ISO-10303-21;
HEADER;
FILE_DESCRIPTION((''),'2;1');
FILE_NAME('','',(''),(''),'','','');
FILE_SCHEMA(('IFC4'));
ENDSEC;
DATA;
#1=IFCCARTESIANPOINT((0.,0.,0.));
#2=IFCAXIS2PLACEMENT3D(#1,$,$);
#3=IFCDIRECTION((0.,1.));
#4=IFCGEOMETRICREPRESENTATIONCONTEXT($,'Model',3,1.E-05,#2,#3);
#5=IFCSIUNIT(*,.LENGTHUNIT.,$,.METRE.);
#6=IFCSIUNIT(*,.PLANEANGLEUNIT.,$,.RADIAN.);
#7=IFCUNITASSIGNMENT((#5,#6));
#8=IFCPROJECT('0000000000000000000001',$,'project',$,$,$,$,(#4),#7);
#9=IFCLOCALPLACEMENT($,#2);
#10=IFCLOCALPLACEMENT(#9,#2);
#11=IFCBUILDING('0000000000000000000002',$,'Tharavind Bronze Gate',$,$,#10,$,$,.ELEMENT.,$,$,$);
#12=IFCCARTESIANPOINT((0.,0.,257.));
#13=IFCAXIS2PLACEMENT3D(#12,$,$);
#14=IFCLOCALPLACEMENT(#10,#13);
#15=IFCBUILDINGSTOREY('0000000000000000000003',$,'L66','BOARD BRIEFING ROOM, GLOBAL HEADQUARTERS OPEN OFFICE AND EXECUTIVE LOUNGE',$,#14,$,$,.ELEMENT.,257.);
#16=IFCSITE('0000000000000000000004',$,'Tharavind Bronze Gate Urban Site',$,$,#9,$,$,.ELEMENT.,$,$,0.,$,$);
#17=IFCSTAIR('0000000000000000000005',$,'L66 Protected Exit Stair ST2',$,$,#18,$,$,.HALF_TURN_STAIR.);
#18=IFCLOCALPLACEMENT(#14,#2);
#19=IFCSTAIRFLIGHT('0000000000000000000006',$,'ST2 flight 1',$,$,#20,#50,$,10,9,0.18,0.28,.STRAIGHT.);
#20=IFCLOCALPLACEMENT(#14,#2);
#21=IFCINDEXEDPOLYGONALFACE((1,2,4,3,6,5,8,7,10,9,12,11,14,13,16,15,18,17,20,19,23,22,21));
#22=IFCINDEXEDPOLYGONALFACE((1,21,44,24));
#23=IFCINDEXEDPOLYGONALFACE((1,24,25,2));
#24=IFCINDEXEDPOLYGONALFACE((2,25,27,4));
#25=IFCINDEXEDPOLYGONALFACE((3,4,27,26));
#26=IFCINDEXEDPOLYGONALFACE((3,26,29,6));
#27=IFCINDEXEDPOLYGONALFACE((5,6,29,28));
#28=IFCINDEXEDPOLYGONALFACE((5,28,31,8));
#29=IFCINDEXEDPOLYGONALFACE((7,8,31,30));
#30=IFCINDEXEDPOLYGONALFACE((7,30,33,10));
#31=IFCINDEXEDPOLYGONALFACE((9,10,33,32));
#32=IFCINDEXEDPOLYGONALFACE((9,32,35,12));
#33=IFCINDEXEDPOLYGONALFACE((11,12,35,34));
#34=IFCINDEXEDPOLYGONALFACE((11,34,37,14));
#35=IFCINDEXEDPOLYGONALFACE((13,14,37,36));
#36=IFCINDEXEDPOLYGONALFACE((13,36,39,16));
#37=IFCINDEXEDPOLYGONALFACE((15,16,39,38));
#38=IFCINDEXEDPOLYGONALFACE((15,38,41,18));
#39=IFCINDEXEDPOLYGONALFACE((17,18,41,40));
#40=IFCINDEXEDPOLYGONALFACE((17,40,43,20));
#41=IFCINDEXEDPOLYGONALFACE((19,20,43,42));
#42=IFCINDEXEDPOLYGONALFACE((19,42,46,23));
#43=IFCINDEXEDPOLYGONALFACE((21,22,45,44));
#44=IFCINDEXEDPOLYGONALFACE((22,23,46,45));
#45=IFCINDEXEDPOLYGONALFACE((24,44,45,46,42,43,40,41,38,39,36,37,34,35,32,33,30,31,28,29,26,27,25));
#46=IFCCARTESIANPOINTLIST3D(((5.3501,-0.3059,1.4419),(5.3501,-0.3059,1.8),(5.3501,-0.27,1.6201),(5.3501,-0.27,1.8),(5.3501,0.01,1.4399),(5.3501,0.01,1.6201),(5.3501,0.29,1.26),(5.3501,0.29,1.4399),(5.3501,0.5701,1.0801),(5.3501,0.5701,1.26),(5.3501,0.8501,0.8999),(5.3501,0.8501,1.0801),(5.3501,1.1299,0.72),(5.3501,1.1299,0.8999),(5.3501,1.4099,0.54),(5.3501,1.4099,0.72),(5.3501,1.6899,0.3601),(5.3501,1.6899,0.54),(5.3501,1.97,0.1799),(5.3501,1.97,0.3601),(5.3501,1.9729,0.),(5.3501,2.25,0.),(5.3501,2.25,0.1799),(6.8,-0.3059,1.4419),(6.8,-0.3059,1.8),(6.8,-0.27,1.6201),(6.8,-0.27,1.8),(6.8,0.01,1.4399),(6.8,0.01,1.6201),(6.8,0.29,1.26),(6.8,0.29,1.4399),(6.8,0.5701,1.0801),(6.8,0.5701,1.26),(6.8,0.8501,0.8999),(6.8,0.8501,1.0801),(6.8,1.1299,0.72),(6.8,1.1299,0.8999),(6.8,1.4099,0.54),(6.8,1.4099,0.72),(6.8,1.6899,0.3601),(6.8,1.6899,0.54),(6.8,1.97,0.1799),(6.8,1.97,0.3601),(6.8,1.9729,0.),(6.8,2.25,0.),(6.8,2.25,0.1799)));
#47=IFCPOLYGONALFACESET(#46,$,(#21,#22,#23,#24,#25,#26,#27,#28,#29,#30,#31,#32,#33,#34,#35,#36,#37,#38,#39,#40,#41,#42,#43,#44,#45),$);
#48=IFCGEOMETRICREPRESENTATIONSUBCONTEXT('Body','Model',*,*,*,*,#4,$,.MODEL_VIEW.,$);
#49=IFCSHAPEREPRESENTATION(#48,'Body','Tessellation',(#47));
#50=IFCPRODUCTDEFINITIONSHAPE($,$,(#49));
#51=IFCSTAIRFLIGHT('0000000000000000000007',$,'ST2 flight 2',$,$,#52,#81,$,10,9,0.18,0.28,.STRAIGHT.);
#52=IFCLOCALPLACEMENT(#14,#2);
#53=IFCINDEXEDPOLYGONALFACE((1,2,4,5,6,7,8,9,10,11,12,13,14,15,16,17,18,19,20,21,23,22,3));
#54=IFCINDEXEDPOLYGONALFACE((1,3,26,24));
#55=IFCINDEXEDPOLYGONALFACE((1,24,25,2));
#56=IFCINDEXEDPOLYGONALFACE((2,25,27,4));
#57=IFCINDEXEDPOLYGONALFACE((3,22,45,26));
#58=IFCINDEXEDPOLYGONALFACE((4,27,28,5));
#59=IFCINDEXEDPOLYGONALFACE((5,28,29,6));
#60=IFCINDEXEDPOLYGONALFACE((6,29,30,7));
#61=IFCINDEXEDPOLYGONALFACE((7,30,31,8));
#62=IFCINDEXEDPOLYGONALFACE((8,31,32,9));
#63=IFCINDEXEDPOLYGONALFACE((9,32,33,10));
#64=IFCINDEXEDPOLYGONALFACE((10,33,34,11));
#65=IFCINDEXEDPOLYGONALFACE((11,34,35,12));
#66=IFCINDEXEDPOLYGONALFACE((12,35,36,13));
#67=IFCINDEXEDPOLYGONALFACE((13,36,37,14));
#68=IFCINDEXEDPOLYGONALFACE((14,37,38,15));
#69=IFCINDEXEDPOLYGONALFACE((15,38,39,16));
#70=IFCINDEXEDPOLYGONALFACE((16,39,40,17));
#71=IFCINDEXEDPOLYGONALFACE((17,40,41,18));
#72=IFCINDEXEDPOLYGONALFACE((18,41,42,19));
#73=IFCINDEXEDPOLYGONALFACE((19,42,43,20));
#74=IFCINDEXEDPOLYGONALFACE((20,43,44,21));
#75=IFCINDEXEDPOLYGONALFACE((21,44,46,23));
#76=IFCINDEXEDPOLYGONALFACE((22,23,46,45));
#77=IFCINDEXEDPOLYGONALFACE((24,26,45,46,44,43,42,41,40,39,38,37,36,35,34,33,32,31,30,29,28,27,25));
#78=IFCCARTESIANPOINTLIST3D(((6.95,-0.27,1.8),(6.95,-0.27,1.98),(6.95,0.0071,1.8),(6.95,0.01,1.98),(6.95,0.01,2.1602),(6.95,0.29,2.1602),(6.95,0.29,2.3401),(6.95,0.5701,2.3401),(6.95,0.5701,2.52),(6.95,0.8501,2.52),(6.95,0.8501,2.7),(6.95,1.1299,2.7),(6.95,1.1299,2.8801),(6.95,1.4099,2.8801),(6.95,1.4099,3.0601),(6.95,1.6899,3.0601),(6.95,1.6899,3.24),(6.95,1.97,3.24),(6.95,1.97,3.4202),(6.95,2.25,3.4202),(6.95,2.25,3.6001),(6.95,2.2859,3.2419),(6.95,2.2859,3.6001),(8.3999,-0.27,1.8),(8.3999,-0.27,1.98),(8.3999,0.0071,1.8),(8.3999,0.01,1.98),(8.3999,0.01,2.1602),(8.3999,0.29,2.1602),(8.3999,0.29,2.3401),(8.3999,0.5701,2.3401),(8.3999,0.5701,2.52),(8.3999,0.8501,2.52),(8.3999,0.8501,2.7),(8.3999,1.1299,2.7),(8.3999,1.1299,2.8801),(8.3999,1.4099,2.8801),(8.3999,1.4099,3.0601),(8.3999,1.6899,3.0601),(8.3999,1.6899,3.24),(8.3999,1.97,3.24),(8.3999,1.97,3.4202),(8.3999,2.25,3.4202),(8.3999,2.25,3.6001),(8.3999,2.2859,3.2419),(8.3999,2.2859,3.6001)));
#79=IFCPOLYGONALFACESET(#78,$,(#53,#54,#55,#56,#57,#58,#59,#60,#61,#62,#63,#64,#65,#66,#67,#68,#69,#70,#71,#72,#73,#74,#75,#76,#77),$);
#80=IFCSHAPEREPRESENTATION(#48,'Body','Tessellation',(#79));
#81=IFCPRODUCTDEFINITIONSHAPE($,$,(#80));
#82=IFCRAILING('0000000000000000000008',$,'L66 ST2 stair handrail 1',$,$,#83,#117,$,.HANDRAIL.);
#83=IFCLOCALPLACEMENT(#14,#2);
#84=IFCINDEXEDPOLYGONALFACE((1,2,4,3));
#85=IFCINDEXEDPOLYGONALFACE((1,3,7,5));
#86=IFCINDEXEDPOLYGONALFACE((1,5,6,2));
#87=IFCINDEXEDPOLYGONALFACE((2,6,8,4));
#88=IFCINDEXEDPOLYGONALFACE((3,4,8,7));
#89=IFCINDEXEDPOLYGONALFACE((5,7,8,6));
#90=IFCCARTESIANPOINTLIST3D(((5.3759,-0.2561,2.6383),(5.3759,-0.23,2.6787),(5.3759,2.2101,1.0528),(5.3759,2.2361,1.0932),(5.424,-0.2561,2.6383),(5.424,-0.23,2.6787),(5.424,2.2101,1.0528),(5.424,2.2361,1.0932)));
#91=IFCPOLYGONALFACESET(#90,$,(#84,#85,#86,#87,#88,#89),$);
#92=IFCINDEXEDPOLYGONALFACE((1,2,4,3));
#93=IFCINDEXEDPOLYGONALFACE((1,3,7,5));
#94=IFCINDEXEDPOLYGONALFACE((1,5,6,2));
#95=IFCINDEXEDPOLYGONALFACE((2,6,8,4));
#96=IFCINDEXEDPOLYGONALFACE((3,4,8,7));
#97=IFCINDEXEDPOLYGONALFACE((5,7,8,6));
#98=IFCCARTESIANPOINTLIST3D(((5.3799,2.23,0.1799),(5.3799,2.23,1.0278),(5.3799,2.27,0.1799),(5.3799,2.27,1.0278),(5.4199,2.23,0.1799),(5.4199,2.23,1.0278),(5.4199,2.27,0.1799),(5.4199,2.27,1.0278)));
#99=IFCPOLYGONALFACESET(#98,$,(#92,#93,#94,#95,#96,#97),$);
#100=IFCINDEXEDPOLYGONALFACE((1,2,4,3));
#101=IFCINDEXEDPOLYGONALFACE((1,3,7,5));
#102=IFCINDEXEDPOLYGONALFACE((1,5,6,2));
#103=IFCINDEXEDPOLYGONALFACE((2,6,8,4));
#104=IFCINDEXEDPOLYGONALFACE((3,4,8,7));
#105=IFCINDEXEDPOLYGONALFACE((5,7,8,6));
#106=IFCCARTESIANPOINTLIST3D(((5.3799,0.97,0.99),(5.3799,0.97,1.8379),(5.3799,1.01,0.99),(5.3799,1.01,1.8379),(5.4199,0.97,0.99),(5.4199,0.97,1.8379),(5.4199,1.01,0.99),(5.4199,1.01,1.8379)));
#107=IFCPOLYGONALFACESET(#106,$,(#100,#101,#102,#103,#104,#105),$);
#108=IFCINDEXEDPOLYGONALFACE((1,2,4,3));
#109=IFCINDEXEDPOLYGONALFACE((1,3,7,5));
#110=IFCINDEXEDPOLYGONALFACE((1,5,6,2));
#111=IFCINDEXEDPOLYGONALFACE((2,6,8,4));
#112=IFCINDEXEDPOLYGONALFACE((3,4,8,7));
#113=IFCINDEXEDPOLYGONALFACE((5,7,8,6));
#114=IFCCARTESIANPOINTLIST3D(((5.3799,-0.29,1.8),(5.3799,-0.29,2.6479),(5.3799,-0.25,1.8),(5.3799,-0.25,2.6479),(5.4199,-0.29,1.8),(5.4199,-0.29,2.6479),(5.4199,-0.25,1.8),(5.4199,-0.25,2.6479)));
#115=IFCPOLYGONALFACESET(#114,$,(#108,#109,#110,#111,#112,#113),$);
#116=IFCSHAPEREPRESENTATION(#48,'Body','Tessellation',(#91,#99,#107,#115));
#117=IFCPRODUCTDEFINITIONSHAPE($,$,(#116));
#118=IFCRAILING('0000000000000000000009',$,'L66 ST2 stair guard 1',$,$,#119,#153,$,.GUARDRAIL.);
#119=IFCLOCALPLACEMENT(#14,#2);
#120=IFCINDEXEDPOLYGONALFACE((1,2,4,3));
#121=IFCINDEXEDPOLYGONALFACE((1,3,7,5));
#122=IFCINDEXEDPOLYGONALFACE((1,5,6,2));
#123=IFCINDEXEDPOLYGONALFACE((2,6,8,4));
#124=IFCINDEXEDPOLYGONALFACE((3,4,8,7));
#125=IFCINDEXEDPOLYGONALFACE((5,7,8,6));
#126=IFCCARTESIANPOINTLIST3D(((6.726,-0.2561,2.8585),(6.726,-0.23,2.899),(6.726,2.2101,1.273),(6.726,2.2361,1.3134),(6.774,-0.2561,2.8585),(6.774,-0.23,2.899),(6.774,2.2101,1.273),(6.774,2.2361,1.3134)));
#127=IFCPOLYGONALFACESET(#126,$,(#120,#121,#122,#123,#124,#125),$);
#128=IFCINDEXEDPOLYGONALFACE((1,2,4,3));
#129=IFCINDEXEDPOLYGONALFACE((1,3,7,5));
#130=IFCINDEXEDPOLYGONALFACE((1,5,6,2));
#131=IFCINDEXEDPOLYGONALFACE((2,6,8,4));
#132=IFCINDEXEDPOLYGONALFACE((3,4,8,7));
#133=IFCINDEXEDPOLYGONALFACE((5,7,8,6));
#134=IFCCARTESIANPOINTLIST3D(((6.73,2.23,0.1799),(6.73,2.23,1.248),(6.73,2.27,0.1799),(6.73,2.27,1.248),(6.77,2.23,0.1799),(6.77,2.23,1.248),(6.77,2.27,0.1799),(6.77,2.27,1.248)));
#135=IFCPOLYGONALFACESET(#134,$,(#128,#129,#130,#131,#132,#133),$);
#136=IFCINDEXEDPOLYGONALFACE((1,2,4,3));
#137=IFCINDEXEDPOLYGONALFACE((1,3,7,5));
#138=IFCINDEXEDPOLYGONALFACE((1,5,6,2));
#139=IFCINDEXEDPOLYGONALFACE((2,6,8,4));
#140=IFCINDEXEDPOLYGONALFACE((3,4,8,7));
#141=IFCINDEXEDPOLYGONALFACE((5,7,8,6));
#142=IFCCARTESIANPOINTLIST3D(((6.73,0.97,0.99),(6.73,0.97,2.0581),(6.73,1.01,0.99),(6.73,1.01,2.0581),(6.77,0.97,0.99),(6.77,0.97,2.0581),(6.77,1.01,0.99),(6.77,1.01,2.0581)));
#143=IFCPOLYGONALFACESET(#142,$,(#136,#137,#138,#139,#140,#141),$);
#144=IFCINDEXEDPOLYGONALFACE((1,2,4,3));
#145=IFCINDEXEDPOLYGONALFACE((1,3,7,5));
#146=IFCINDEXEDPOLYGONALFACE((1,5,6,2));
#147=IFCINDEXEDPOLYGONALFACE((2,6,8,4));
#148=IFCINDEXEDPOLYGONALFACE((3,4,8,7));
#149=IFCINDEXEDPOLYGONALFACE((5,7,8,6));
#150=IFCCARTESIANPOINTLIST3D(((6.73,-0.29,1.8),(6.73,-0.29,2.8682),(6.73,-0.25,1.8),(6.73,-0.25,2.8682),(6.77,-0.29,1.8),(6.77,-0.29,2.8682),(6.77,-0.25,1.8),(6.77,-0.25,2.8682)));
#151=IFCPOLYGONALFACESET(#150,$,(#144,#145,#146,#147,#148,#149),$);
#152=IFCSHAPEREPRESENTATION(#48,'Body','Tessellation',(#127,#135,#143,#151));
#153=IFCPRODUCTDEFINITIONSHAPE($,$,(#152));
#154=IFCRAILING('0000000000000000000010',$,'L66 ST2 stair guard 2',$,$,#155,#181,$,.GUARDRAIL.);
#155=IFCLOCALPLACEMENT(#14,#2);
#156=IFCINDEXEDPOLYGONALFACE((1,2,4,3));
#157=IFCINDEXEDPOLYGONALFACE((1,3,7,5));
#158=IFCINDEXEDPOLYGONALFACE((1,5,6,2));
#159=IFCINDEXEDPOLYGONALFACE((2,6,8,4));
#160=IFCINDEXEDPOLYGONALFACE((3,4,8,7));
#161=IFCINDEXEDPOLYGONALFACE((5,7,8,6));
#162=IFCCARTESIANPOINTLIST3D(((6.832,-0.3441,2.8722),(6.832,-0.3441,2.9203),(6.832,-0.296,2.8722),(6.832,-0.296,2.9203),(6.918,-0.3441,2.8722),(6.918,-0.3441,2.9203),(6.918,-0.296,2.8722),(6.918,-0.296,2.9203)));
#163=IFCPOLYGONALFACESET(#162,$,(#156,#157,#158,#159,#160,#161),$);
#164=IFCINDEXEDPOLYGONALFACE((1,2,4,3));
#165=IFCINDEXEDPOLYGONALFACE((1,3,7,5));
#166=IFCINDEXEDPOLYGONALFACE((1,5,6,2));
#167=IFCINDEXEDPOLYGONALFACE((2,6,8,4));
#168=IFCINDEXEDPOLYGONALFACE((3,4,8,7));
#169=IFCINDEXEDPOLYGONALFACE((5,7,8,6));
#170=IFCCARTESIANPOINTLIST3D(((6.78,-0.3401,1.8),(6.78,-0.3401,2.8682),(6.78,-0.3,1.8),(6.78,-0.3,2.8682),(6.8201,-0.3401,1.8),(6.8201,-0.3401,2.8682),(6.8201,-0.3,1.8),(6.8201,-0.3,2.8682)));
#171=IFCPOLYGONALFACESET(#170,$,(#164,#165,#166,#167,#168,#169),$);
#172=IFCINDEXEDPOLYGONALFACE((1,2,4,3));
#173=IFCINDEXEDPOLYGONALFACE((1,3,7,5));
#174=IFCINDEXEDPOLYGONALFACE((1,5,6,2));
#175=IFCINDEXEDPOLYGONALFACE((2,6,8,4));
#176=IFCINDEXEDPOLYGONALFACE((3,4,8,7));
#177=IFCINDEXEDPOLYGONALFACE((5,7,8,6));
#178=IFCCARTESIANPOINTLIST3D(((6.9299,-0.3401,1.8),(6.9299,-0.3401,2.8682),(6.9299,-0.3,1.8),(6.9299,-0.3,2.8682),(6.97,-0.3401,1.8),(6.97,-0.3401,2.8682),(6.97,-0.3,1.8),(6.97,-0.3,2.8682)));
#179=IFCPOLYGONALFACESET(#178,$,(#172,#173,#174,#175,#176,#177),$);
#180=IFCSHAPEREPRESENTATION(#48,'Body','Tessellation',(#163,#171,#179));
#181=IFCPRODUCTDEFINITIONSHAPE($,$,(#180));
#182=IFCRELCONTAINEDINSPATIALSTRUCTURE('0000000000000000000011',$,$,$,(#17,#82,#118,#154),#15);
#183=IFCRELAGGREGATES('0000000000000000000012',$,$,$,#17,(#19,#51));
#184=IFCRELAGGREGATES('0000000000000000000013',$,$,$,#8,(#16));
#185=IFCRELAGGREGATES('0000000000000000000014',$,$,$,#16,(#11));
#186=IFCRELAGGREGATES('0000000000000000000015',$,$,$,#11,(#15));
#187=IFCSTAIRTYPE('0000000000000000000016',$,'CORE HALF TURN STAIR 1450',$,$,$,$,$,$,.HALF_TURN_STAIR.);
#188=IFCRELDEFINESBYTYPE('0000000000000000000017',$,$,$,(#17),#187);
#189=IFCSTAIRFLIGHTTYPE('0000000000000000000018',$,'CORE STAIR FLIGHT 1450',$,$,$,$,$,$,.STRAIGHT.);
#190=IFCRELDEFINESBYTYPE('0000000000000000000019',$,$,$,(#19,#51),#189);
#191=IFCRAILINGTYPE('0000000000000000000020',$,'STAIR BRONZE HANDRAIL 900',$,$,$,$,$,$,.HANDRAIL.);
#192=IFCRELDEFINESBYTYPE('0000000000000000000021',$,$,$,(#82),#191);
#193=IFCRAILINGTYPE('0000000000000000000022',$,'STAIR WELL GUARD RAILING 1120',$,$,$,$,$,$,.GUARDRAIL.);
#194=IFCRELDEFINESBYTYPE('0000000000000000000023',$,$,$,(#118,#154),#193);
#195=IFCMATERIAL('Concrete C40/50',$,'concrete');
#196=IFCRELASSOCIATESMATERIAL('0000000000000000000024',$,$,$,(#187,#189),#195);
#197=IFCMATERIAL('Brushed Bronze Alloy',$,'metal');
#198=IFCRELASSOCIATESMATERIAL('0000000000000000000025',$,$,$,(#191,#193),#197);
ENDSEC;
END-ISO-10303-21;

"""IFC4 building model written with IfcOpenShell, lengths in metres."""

from ifc_helpers import new_model, si_unit, direction, frame, origin, origin_2d, place, context, subcontext, project, spatial, polyline, rectangle, outline, extrude, material, type_object, element, aggregate, save


model = new_model("IFC4")

# Units and contexts
model_context = context("Model", 3, precision=1e-05, world=origin(), true_north=direction((0.0, 1.0)))
body_context = subcontext(model_context, "Body", "Model", "MODEL_VIEW")
ifc_project = project(units=[si_unit("LENGTHUNIT", "METRE"), si_unit("PLANEANGLEUNIT", "RADIAN")], contexts=[model_context])

# Site, building, storey
site_placement = place(None, origin())
site = spatial("IfcSite", under=ifc_project, at=site_placement, Name="Tharavind Bronze Gate Urban Site", CompositionType="ELEMENT", RefElevation=0.0)
building_placement = place(site_placement, origin())
building = spatial("IfcBuilding", under=site, at=building_placement, Name="Tharavind Bronze Gate", CompositionType="ELEMENT")
storey_placement = place(building_placement, frame((0.0, 0.0, 257.0)))
storey = spatial("IfcBuildingStorey", under=building, at=storey_placement, Name="L66", Description="BOARD BRIEFING ROOM, GLOBAL HEADQUARTERS OPEN OFFICE AND EXECUTIVE LOUNGE", CompositionType="ELEMENT", Elevation=257.0)

# Shared definitions
ifc_material_1 = material(Name="Concrete C40/50", Category="concrete")

# Stair, stair flights
stair_type = type_object("IfcStairType", Name="CORE HALF TURN STAIR 1450", PredefinedType="HALF_TURN_STAIR", material=ifc_material_1)
stair_placement = place(storey_placement, origin())
stair = element("IfcStair", 1, at=stair_placement, inside=storey, type_object=stair_type, Name="L66 Protected Exit Stair ST2", PredefinedType="HALF_TURN_STAIR")
stair_flight_type = type_object("IfcStairFlightType", Name="CORE STAIR FLIGHT 1450", PredefinedType="STRAIGHT", material=ifc_material_1)
stair_flight_1_placement = place(storey_placement, frame((6.075, 2.25, 0.0), z_axis=(0.0, 0.0, 1.0), x_axis=(0.0, -1.0, 0.0)))
stair_flight_1 = element("IfcStairFlight", 2, at=stair_flight_1_placement, type_object=stair_flight_type, Name="ST2 flight 1", NumberOfRisers=10, NumberOfTreads=9, PredefinedType="STRAIGHT", RiserHeight=0.18, TreadLength=0.28, context=body_context, shape_type="SweptSolid", body=[
    extrude(outline(polyline([(0.0, 0.0), (0.0, 0.1799), (0.28, 0.1799), (0.28, 0.3601), (0.5601, 0.3601), (0.5601, 0.54), (0.8401, 0.54), (0.8401, 0.72), (1.1201, 0.72), (1.1201, 0.8999), (1.3999, 0.8999), (1.3999, 1.0801), (1.6799, 1.0801), (1.6799, 1.26), (1.96, 1.26), (1.96, 1.4399), (2.24, 1.4399), (2.24, 1.6201), (2.52, 1.6201), (2.52, 1.8), (2.5559, 1.8), (2.5559, 1.4419), (0.2771, 0.0), (0.0, 0.0)])), frame((0.0, 0.7251, 0.0), z_axis=(0.0, -1.0, 0.0), x_axis=(1.0, 0.0, 0.0)), (0.0, 0.0, 1.0), 1.45),
])
stair_flight_2_placement = place(storey_placement, frame((7.675, -0.27, 1.8), z_axis=(0.0, 0.0, 1.0), x_axis=(0.0, 1.0, 0.0)))
stair_flight_2 = element("IfcStairFlight", 3, at=stair_flight_2_placement, type_object=stair_flight_type, Name="ST2 flight 2", NumberOfRisers=10, NumberOfTreads=9, PredefinedType="STRAIGHT", RiserHeight=0.18, TreadLength=0.28, context=body_context, shape_type="SweptSolid", body=[
    extrude(outline(polyline([(0.0, 0.0), (0.0, 0.1799), (0.28, 0.1799), (0.28, 0.3601), (0.5601, 0.3601), (0.5601, 0.54), (0.8401, 0.54), (0.8401, 0.72), (1.1201, 0.72), (1.1201, 0.8999), (1.3999, 0.8999), (1.3999, 1.0801), (1.6799, 1.0801), (1.6799, 1.26), (1.96, 1.26), (1.96, 1.4399), (2.24, 1.4399), (2.24, 1.6201), (2.52, 1.6201), (2.52, 1.8), (2.5559, 1.8), (2.5559, 1.4419), (0.2771, 0.0), (0.0, 0.0)])), frame((0.0, 0.7251, 0.0), z_axis=(0.0, -1.0, 0.0), x_axis=(1.0, 0.0, 0.0)), (0.0, 0.0, 1.0), 1.45),
])
aggregate(stair, [stair_flight_1, stair_flight_2])

# Railings
ifc_material_2 = material(Name="Brushed Bronze Alloy", Category="metal")
railing_type_1 = type_object("IfcRailingType", Name="STAIR BRONZE HANDRAIL 900", PredefinedType="HANDRAIL", material=ifc_material_2)
railing_1_placement = place(storey_placement, frame((5.3999, 2.25, 0.1799)))
element("IfcRailing", 4, at=railing_1_placement, inside=storey, type_object=railing_type_1, Name="L66 ST2 stair handrail 1", PredefinedType="HANDRAIL", context=body_context, shape_type="SweptSolid", body=[
    extrude(rectangle(XDim=0.0481, YDim=0.0481, at=origin_2d()), frame((0.0, -0.0269, 0.8931), z_axis=(0.0, -0.841163, 0.540782), x_axis=(1.0, 0.0, 0.0)), (0.0, 0.0, 1.0), 2.9319),
    extrude(rectangle(XDim=0.04, YDim=0.04, at=origin_2d()), origin(), (0.0, 0.0, 1.0), 0.8479),
    extrude(rectangle(XDim=0.04, YDim=0.04, at=origin_2d()), frame((0.0, -1.26, 0.8101)), (0.0, 0.0, 1.0), 0.8479),
    extrude(rectangle(XDim=0.04, YDim=0.04, at=origin_2d()), frame((0.0, -2.52, 1.6201)), (0.0, 0.0, 1.0), 0.8479),
])
railing_type_2 = type_object("IfcRailingType", Name="STAIR WELL GUARD RAILING 1120", PredefinedType="GUARDRAIL", material=ifc_material_2)
railing_2_placement = place(storey_placement, frame((6.75, 2.25, 0.1799)))
element("IfcRailing", 5, at=railing_2_placement, inside=storey, type_object=railing_type_2, Name="L66 ST2 stair guard 1", PredefinedType="GUARDRAIL", context=body_context, shape_type="SweptSolid", body=[
    extrude(rectangle(XDim=0.0481, YDim=0.0481, at=origin_2d()), frame((0.0, -0.0269, 1.1133), z_axis=(0.0, -0.841163, 0.540782), x_axis=(1.0, 0.0, 0.0)), (0.0, 0.0, 1.0), 2.9319),
    extrude(rectangle(XDim=0.04, YDim=0.04, at=origin_2d()), origin(), (0.0, 0.0, 1.0), 1.0681),
    extrude(rectangle(XDim=0.04, YDim=0.04, at=origin_2d()), frame((0.0, -1.26, 0.8101)), (0.0, 0.0, 1.0), 1.0681),
    extrude(rectangle(XDim=0.04, YDim=0.04, at=origin_2d()), frame((0.0, -2.52, 1.6201)), (0.0, 0.0, 1.0), 1.0681),
])
railing_3_placement = place(storey_placement, frame((6.8, -0.3201, 1.8)))
element("IfcRailing", 6, at=railing_3_placement, inside=storey, type_object=railing_type_2, Name="L66 ST2 stair guard 2", PredefinedType="GUARDRAIL", context=body_context, shape_type="SweptSolid", body=[
    extrude(rectangle(XDim=0.0481, YDim=0.0481, at=origin_2d()), frame((0.032, 0.0, 1.0962), z_axis=(1.0, 0.0, 0.0), x_axis=(0.0, 1.0, 0.0)), (0.0, 0.0, 1.0), 0.0859),
    extrude(rectangle(XDim=0.04, YDim=0.04, at=origin_2d()), origin(), (0.0, 0.0, 1.0), 1.0681),
    extrude(rectangle(XDim=0.04, YDim=0.04, at=origin_2d()), frame((0.1499, 0.0, 0.0)), (0.0, 0.0, 1.0), 1.0681),
])

save(model, "model.ifc")
